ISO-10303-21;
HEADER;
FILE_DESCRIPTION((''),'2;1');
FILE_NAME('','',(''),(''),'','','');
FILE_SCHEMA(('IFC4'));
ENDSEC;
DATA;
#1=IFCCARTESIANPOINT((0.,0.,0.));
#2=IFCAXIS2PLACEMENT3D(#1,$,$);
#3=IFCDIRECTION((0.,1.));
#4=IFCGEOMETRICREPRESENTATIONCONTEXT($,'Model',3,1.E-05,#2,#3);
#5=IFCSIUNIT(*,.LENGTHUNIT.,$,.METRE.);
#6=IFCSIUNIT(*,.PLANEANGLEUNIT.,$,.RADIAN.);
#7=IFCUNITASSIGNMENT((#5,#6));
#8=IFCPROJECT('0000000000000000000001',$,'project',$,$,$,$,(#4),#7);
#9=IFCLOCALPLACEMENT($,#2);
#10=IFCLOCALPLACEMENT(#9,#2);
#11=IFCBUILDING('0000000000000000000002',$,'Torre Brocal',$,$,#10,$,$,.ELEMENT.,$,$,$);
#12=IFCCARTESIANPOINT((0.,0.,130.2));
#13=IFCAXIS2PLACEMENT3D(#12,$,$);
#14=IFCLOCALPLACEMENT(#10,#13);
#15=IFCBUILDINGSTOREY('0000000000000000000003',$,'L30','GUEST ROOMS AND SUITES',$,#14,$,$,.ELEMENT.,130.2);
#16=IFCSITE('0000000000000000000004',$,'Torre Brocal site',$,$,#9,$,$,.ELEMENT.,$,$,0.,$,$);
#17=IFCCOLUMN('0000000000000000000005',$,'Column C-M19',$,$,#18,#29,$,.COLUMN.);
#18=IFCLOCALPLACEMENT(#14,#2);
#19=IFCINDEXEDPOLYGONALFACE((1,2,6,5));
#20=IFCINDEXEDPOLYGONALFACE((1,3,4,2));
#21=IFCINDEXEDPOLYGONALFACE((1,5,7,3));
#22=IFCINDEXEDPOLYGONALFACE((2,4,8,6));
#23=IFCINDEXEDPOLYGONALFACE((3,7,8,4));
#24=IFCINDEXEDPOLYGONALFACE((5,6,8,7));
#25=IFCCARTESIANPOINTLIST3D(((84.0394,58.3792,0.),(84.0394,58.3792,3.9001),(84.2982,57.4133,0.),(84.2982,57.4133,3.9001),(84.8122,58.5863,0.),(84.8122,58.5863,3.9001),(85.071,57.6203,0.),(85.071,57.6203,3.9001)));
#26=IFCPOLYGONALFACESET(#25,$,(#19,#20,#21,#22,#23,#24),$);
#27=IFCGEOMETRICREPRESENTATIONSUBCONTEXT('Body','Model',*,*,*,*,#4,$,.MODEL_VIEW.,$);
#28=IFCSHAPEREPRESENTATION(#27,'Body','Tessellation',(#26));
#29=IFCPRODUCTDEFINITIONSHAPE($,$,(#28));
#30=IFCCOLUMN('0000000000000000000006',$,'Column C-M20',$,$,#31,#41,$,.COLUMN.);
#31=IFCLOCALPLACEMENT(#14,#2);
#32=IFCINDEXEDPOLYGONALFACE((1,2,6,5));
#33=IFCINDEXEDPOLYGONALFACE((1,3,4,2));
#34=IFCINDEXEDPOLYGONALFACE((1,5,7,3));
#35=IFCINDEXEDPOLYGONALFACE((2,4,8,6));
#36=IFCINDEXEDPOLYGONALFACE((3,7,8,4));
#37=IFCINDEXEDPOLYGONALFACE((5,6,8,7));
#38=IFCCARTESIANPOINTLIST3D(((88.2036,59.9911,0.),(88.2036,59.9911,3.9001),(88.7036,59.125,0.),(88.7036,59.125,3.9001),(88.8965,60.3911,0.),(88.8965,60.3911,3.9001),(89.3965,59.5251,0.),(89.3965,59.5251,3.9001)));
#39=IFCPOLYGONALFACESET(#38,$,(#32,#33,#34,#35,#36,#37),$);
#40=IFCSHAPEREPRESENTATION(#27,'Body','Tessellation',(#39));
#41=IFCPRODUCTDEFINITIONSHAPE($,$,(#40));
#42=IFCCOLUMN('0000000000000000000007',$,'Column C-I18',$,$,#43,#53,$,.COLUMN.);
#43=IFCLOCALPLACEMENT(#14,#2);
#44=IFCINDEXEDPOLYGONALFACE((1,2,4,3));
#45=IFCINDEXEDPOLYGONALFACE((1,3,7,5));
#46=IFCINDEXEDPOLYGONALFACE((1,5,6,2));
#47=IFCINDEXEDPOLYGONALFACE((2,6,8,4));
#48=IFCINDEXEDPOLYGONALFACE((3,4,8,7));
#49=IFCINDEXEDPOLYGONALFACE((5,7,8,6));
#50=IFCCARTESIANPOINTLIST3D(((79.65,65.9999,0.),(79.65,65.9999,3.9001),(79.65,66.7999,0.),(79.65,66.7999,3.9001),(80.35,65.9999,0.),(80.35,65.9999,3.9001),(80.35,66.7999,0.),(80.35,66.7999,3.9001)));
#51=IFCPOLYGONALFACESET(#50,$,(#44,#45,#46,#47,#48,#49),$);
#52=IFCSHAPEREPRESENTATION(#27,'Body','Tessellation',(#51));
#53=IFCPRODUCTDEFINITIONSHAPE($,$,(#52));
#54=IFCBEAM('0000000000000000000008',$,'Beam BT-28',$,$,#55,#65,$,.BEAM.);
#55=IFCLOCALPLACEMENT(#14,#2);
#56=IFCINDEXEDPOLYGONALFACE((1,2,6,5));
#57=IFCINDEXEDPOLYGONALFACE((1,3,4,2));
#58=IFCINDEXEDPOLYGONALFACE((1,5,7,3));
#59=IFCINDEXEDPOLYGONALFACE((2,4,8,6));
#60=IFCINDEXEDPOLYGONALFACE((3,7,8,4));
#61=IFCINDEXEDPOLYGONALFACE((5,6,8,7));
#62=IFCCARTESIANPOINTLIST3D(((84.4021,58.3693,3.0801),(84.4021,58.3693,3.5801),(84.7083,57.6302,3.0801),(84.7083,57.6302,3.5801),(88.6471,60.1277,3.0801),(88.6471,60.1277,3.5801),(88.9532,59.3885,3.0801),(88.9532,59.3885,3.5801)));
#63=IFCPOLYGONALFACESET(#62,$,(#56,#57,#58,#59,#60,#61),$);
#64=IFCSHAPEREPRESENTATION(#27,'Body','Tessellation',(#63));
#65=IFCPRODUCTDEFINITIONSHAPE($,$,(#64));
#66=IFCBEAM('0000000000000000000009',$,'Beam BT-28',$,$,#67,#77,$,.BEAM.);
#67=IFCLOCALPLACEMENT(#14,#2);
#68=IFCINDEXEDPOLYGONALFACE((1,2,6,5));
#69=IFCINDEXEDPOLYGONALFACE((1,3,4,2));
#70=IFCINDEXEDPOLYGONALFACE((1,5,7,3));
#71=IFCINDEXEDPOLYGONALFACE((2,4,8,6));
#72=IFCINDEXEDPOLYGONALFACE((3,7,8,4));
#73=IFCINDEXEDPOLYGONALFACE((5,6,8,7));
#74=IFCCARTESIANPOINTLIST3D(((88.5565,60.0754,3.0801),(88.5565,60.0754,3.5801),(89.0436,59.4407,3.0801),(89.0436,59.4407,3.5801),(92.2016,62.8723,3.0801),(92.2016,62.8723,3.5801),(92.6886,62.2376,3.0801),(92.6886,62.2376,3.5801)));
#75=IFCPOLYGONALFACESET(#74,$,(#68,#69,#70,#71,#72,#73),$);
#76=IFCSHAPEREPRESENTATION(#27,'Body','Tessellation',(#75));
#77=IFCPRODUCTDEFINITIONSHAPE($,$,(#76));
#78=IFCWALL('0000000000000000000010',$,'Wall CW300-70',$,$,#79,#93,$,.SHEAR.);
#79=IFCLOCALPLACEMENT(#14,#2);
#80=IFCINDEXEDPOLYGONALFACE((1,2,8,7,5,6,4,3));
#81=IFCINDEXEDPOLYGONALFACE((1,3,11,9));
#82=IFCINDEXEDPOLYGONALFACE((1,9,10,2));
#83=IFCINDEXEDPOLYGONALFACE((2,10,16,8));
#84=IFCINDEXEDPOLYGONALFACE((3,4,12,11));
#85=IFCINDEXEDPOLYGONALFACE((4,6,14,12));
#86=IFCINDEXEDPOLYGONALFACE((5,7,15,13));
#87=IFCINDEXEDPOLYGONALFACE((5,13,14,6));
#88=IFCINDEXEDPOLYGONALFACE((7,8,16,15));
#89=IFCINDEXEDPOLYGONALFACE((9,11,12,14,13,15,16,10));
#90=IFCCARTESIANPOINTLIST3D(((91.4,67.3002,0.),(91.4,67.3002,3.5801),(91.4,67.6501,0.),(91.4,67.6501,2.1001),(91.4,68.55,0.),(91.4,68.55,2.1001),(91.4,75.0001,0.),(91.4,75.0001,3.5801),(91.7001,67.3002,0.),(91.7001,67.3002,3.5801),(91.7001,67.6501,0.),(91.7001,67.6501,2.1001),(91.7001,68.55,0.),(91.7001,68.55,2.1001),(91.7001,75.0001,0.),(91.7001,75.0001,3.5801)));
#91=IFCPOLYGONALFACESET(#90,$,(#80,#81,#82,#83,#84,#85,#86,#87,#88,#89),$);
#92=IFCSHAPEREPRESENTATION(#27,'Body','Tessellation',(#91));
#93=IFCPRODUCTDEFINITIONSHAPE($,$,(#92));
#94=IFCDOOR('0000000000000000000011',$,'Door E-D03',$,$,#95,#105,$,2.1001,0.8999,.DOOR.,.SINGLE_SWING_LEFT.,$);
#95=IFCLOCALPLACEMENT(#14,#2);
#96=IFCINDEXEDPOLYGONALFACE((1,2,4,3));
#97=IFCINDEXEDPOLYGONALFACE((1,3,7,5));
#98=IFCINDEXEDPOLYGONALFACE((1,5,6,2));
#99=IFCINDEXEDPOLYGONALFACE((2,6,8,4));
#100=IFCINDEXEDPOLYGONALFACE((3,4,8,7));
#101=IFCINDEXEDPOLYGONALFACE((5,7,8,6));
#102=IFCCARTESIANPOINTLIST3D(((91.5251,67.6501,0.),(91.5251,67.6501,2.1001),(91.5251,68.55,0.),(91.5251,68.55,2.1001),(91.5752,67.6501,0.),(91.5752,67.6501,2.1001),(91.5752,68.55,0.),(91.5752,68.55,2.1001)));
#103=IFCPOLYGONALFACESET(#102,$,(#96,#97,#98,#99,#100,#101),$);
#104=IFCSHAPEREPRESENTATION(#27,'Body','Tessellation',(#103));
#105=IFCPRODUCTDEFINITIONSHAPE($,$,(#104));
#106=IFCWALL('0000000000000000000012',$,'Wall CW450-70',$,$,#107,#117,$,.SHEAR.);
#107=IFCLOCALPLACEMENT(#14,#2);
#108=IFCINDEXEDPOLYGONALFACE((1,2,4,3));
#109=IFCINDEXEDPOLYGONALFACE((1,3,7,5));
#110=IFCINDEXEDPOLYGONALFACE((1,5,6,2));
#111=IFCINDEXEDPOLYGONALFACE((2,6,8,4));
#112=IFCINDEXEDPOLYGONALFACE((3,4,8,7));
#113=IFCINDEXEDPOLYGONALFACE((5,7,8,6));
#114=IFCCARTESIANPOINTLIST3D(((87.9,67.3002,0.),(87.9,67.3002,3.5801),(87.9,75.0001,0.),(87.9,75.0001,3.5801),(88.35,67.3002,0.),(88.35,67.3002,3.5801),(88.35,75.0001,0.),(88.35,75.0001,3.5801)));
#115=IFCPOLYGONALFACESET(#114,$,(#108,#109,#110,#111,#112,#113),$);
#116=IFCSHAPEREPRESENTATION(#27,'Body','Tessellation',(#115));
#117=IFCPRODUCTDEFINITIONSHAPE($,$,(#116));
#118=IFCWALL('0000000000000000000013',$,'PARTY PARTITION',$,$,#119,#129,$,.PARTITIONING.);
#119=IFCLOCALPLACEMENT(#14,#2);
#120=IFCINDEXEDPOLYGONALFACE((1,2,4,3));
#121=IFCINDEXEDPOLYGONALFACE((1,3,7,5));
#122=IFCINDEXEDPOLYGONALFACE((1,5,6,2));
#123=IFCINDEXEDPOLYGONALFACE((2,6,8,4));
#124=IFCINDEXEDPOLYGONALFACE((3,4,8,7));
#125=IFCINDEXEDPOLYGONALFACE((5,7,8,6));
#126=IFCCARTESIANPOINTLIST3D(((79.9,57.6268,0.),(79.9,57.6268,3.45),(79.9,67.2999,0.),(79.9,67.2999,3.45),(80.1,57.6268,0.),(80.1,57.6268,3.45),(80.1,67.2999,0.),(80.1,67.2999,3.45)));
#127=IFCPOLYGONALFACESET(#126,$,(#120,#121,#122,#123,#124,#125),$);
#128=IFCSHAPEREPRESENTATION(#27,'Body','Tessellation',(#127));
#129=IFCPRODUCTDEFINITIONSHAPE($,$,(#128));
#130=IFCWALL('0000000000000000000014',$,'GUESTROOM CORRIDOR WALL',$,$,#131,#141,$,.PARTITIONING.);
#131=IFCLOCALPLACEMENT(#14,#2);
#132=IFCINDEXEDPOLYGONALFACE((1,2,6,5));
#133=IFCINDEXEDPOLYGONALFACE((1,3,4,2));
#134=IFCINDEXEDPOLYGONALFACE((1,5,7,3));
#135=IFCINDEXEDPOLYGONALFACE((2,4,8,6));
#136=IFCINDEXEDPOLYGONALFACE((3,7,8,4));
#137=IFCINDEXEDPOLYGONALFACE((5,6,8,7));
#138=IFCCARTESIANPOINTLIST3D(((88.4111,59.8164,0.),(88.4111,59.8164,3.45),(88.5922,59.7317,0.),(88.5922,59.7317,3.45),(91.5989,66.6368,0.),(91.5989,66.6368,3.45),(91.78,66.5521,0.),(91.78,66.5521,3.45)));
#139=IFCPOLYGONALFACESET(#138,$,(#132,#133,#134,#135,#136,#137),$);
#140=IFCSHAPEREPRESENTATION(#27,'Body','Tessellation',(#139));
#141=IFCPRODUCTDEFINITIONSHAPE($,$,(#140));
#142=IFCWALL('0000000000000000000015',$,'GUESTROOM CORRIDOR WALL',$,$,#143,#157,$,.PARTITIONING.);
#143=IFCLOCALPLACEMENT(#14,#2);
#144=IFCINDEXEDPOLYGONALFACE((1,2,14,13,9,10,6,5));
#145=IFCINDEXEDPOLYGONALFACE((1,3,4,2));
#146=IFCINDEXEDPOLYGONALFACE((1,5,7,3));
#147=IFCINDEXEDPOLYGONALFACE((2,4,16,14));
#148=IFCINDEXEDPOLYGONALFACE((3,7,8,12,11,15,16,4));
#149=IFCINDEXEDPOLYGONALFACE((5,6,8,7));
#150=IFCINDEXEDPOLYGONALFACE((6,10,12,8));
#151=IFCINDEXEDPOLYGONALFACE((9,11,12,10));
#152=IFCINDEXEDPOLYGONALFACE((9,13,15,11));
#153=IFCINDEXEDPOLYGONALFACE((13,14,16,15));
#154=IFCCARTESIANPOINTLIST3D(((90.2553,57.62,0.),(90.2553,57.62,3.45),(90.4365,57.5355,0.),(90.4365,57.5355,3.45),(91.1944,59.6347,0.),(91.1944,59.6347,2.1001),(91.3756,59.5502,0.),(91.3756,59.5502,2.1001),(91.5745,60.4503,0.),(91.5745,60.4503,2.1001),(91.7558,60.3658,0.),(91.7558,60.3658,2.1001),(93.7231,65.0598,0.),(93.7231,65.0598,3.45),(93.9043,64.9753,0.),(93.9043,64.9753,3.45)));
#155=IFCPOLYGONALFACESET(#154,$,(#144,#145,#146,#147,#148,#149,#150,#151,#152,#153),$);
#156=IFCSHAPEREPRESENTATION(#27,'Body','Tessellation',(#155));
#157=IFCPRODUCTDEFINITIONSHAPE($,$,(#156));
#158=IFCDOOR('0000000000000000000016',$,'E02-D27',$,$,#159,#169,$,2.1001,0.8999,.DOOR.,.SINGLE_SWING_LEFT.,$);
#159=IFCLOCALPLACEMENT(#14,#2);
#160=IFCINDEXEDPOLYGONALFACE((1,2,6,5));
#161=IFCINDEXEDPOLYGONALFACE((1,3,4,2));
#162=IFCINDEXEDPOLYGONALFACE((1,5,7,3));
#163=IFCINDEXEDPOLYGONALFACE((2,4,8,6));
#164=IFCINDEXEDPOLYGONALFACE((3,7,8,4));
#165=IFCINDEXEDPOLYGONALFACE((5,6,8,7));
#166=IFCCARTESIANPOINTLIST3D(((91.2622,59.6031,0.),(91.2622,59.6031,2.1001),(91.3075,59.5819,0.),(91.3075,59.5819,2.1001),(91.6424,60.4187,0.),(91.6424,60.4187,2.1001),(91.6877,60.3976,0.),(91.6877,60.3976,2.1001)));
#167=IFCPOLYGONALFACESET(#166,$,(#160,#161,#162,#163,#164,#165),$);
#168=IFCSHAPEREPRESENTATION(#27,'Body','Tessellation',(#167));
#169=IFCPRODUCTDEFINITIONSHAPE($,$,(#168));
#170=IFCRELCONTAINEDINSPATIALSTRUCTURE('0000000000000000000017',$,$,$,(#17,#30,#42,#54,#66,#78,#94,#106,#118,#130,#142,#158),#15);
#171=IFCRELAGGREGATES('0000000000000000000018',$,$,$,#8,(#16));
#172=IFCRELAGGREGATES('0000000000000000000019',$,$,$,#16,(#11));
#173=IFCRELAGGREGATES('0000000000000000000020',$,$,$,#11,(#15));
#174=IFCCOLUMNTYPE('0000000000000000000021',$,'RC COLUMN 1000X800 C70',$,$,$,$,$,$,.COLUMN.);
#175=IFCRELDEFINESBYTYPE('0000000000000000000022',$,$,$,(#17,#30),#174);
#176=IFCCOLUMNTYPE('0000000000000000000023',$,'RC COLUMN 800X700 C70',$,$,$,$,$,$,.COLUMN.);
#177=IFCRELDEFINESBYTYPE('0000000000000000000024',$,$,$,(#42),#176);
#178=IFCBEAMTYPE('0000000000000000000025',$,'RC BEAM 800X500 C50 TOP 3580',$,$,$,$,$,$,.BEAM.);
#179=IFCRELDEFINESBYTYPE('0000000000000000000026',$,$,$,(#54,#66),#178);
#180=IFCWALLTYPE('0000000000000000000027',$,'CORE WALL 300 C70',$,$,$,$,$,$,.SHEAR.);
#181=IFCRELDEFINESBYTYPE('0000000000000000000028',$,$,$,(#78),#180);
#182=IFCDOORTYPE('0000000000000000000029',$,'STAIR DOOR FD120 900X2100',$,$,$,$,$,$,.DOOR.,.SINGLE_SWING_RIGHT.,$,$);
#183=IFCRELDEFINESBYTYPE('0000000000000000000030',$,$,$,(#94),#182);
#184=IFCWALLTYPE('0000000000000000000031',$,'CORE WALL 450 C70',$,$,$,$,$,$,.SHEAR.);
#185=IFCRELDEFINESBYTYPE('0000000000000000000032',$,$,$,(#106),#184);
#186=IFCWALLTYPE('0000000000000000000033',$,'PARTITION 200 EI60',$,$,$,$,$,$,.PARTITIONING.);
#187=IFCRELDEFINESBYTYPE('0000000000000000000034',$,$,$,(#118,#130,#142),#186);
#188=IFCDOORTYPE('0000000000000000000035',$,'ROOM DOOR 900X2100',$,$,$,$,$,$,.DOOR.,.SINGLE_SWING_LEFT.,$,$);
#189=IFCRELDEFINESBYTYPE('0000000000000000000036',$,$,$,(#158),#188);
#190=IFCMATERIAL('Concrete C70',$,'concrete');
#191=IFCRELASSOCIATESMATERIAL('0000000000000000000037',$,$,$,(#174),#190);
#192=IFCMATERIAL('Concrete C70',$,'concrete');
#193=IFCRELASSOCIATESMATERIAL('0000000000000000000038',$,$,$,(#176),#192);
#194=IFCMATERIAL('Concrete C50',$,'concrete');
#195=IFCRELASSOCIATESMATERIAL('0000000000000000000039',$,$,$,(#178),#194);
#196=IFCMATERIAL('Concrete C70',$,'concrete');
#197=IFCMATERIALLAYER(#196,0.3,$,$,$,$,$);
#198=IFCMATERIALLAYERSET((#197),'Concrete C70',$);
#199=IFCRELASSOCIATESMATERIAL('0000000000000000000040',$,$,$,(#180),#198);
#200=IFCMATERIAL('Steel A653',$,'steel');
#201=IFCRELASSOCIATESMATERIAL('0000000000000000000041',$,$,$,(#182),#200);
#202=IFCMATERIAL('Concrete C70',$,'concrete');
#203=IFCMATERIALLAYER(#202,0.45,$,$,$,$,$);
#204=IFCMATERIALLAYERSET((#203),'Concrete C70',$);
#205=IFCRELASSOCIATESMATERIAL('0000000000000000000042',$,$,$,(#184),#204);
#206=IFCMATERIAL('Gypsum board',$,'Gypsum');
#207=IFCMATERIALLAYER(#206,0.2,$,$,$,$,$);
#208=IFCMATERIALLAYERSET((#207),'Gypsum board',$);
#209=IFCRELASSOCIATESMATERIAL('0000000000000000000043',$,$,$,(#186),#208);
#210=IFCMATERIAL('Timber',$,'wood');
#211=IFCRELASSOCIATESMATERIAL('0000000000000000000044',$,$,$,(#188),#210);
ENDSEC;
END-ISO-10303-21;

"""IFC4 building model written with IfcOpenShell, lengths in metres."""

from ifc_helpers import new_model, si_unit, direction, frame, frame_2d, origin, origin_2d, place, context, subcontext, project, spatial, rectangle, extrude, material, layer, layer_set, material_profile, profile_set, type_object, element, fill, save


model = new_model("IFC4")

# Units and contexts
model_context = context("Model", 3, precision=1e-05, world=origin(), true_north=direction((0.0, 1.0)))
body_context = subcontext(model_context, "Body", "Model", "MODEL_VIEW")
ifc_project = project(units=[si_unit("LENGTHUNIT", "METRE"), si_unit("PLANEANGLEUNIT", "RADIAN")], contexts=[model_context])

# Site, building, storey
site_placement = place(None, origin())
site = spatial("IfcSite", under=ifc_project, at=site_placement, Name="Torre Brocal site", CompositionType="ELEMENT", RefElevation=0.0)
building_placement = place(site_placement, origin())
building = spatial("IfcBuilding", under=site, at=building_placement, Name="Torre Brocal", CompositionType="ELEMENT")
storey_placement = place(building_placement, frame((0.0, 0.0, 130.2)))
storey = spatial("IfcBuildingStorey", under=building, at=storey_placement, Name="L30", Description="GUEST ROOMS AND SUITES", CompositionType="ELEMENT", Elevation=130.2)

# Columns
ifc_material_1 = material(Name="Concrete C70", Category="concrete")
ifc_material_profile_1 = material_profile(ifc_material_1, rectangle(XDim=1.0, YDim=0.8, at=origin_2d()), Name="RC 1000X800")
ifc_profile_set_1 = profile_set([ifc_material_profile_1], Name="Concrete C70")
column_type_1 = type_object("IfcColumnType", Name="RC COLUMN 1000X800 C70", PredefinedType="COLUMN", material=ifc_profile_set_1)
for number, where, z_axis, x_axis, name in (
    (1, (84.5552, 57.9998, 0.0), (0.0, 0.0, 1.0), (0.258819, -0.965926, 0.0), "Column C-M19"),
    (2, (88.8, 59.7581, 0.0), (0.0, 0.0, 1.0), (0.5, -0.866025, 0.0), "Column C-M20"),
):
    element("IfcColumn", number, at=place(storey_placement, frame(where, z_axis=z_axis, x_axis=x_axis)), inside=storey, type_object=column_type_1, Name=name, PredefinedType="COLUMN", context=body_context, shape_type="SweptSolid", body=[
        extrude(rectangle(XDim=1.0, YDim=0.8, at=origin_2d()), origin(), (0.0, 0.0, 1.0), 3.9001),
    ])
ifc_material_2 = material(Name="Concrete C70", Category="concrete")
ifc_material_profile_2 = material_profile(ifc_material_2, rectangle(XDim=0.8, YDim=0.7, at=origin_2d()), Name="RC 800X700")
ifc_profile_set_2 = profile_set([ifc_material_profile_2], Name="Concrete C70")
column_type_2 = type_object("IfcColumnType", Name="RC COLUMN 800X700 C70", PredefinedType="COLUMN", material=ifc_profile_set_2)
column_placement = place(storey_placement, frame((80.0, 66.3999, 0.0), z_axis=(0.0, 0.0, 1.0), x_axis=(0.0, -1.0, 0.0)))
element("IfcColumn", 3, at=column_placement, inside=storey, type_object=column_type_2, Name="Column C-I18", PredefinedType="COLUMN", context=body_context, shape_type="SweptSolid", body=[
    extrude(rectangle(XDim=0.8, YDim=0.7, at=origin_2d()), origin(), (0.0, 0.0, 1.0), 3.9001),
])

# Beams
ifc_material_3 = material(Name="Concrete C50", Category="concrete")
ifc_material_profile_3 = material_profile(ifc_material_3, rectangle(XDim=0.8, YDim=0.5, at=origin_2d()), Name="RC 800X500")
ifc_profile_set_3 = profile_set([ifc_material_profile_3], Name="Concrete C50")
beam_type = type_object("IfcBeamType", Name="RC BEAM 800X500 C50 TOP 3580", PredefinedType="BEAM", material=ifc_profile_set_3)
beam_1_placement = place(storey_placement, frame((84.5552, 57.9998, 3.3301), z_axis=(0.923878, 0.382687, 0.0), x_axis=(-0.382687, 0.923878, 0.0)))
element("IfcBeam", 4, at=beam_1_placement, inside=storey, type_object=beam_type, Name="Beam BT-28", PredefinedType="BEAM", context=body_context, shape_type="SweptSolid", body=[
    extrude(rectangle(XDim=0.8, YDim=0.5, at=origin_2d()), origin(), (0.0, 0.0, 1.0), 4.5947),
])
beam_2_placement = place(storey_placement, frame((88.8, 59.7581, 3.3301), z_axis=(0.793358, 0.608755, 0.0), x_axis=(-0.608755, 0.793358, 0.0)))
element("IfcBeam", 5, at=beam_2_placement, inside=storey, type_object=beam_type, Name="Beam BT-28", PredefinedType="BEAM", context=body_context, shape_type="SweptSolid", body=[
    extrude(rectangle(XDim=0.8, YDim=0.5, at=origin_2d()), origin(), (0.0, 0.0, 1.0), 4.5945),
])

# Wall, opening, door
ifc_material_4 = material(Name="Concrete C70", Category="concrete")
ifc_layer_1 = layer(ifc_material_4, 0.3)
ifc_layer_set_1 = layer_set([ifc_layer_1], Name="Concrete C70")
wall_type_1 = type_object("IfcWallType", Name="CORE WALL 300 C70", PredefinedType="SHEAR", material=ifc_layer_set_1)
wall_1_placement = place(storey_placement, frame((91.55, 67.3, 0.0), z_axis=(0.0, 0.0, 1.0), x_axis=(0.0, 1.0, 0.0)))
wall_1 = element("IfcWall", 6, at=wall_1_placement, inside=storey, type_object=wall_type_1, Name="Wall CW300-70", PredefinedType="SHEAR", context=body_context, shape_type="SweptSolid", body=[
    extrude(rectangle(XDim=7.7, YDim=0.3, at=frame_2d((3.8501, 0.0))), origin(), (0.0, 0.0, 1.0), 3.5801),
])
opening_1_placement = place(wall_1_placement, frame((0.3501, 0.0, 0.0)))
opening_1 = element("IfcOpeningElement", 7, at=opening_1_placement, cuts=wall_1, PredefinedType="OPENING", context=body_context, shape_type="SweptSolid", body=[
    extrude(rectangle(XDim=0.8999, YDim=2.1001, at=frame_2d((0.45, 1.05))), frame((0.0, 0.1599, 0.0), z_axis=(0.0, -1.0, 0.0), x_axis=(1.0, 0.0, 0.0)), (0.0, 0.0, 1.0), 0.3201),
])
ifc_material_5 = material(Name="Steel A653", Category="steel")
door_type_1 = type_object("IfcDoorType", Name="STAIR DOOR FD120 900X2100", OperationType="SINGLE_SWING_RIGHT", PredefinedType="DOOR", material=ifc_material_5)
door_1_placement = place(opening_1_placement, origin())
door_1 = element("IfcDoor", 8, at=door_1_placement, inside=storey, type_object=door_type_1, Name="Door E-D03", OperationType="SINGLE_SWING_LEFT", OverallHeight=2.1001, OverallWidth=0.8999, PredefinedType="DOOR", context=body_context, shape_type="SweptSolid", body=[
    extrude(rectangle(XDim=0.8999, YDim=2.1001, at=frame_2d((0.45, 1.05))), frame((0.0, 0.0249, 0.0), z_axis=(0.0, -1.0, 0.0), x_axis=(1.0, 0.0, 0.0)), (0.0, 0.0, 1.0), 0.05),
])
fill(opening_1, door_1)

# Wall
ifc_material_6 = material(Name="Concrete C70", Category="concrete")
ifc_layer_2 = layer(ifc_material_6, 0.45)
ifc_layer_set_2 = layer_set([ifc_layer_2], Name="Concrete C70")
wall_type_2 = type_object("IfcWallType", Name="CORE WALL 450 C70", PredefinedType="SHEAR", material=ifc_layer_set_2)
wall_2_placement = place(storey_placement, frame((88.125, 67.3, 0.0), z_axis=(0.0, 0.0, 1.0), x_axis=(0.0, 1.0, 0.0)))
element("IfcWall", 9, at=wall_2_placement, inside=storey, type_object=wall_type_2, Name="Wall CW450-70", PredefinedType="SHEAR", context=body_context, shape_type="SweptSolid", body=[
    extrude(rectangle(XDim=7.7, YDim=0.45, at=frame_2d((3.8501, 0.0))), origin(), (0.0, 0.0, 1.0), 3.5801),
])

# Walls
ifc_material_7 = material(Name="Gypsum board", Category="Gypsum")
ifc_layer_3 = layer(ifc_material_7, 0.2)
ifc_layer_set_3 = layer_set([ifc_layer_3], Name="Gypsum board")
wall_type_3 = type_object("IfcWallType", Name="PARTITION 200 EI60", PredefinedType="PARTITIONING", material=ifc_layer_set_3)
wall_3_placement = place(storey_placement, frame((80.0, 57.627, 0.0), z_axis=(0.0, 0.0, 1.0), x_axis=(0.0, 1.0, 0.0)))
element("IfcWall", 10, at=wall_3_placement, inside=storey, type_object=wall_type_3, Name="PARTY PARTITION", PredefinedType="PARTITIONING", context=body_context, shape_type="SweptSolid", body=[
    extrude(rectangle(XDim=9.6731, YDim=0.2, at=frame_2d((4.8364, 0.0))), origin(), (0.0, 0.0, 1.0), 3.45),
])
wall_4_placement = place(storey_placement, frame((88.5017, 59.7742, 0.0), z_axis=(0.0, 0.0, 1.0), x_axis=(0.423423, 0.905932, 0.0)))
element("IfcWall", 11, at=wall_4_placement, inside=storey, type_object=wall_type_3, Name="GUESTROOM CORRIDOR WALL", PredefinedType="PARTITIONING", context=body_context, shape_type="SweptSolid", body=[
    extrude(rectangle(XDim=7.5286, YDim=0.2, at=frame_2d((3.7642, 0.0))), origin(), (0.0, 0.0, 1.0), 3.45),
])

# Wall, opening, door
wall_5_placement = place(storey_placement, frame((90.3459, 57.5779, 0.0), z_axis=(0.0, 0.0, 1.0), x_axis=(0.422477, 0.906374, 0.0)))
wall_5 = element("IfcWall", 12, at=wall_5_placement, inside=storey, type_object=wall_type_3, Name="GUESTROOM CORRIDOR WALL", PredefinedType="PARTITIONING", context=body_context, shape_type="SweptSolid", body=[
    extrude(rectangle(XDim=8.2083, YDim=0.2, at=frame_2d((4.104, 0.0))), origin(), (0.0, 0.0, 1.0), 3.45),
])
opening_2_placement = place(wall_5_placement, frame((2.2227, 0.0, 0.0)))
opening_2 = element("IfcOpeningElement", 13, at=opening_2_placement, cuts=wall_5, PredefinedType="OPENING", context=body_context, shape_type="SweptSolid", body=[
    extrude(rectangle(XDim=0.8999, YDim=2.1001, at=frame_2d((0.45, 1.05))), frame((0.0, 0.1099, 0.0), z_axis=(0.0, -1.0, 0.0), x_axis=(1.0, 0.0, 0.0)), (0.0, 0.0, 1.0), 0.22),
])
ifc_material_8 = material(Name="Timber", Category="wood")
door_type_2 = type_object("IfcDoorType", Name="ROOM DOOR 900X2100", OperationType="SINGLE_SWING_LEFT", PredefinedType="DOOR", material=ifc_material_8)
door_2_placement = place(opening_2_placement, frame((0.8999, 0.0, 0.0), z_axis=(0.0, 0.0, 1.0), x_axis=(-1.0, 0.0, 0.0)))
door_2 = element("IfcDoor", 14, at=door_2_placement, inside=storey, type_object=door_type_2, Name="E02-D27", OperationType="SINGLE_SWING_LEFT", OverallHeight=2.1001, OverallWidth=0.8999, PredefinedType="DOOR", context=body_context, shape_type="SweptSolid", body=[
    extrude(rectangle(XDim=0.8999, YDim=2.1001, at=frame_2d((0.45, 1.05))), frame((0.0, 0.0249, 0.0), z_axis=(0.0, -1.0, 0.0), x_axis=(1.0, 0.0, 0.0)), (0.0, 0.0, 1.0), 0.05),
])
fill(opening_2, door_2)

save(model, "model.ifc")
